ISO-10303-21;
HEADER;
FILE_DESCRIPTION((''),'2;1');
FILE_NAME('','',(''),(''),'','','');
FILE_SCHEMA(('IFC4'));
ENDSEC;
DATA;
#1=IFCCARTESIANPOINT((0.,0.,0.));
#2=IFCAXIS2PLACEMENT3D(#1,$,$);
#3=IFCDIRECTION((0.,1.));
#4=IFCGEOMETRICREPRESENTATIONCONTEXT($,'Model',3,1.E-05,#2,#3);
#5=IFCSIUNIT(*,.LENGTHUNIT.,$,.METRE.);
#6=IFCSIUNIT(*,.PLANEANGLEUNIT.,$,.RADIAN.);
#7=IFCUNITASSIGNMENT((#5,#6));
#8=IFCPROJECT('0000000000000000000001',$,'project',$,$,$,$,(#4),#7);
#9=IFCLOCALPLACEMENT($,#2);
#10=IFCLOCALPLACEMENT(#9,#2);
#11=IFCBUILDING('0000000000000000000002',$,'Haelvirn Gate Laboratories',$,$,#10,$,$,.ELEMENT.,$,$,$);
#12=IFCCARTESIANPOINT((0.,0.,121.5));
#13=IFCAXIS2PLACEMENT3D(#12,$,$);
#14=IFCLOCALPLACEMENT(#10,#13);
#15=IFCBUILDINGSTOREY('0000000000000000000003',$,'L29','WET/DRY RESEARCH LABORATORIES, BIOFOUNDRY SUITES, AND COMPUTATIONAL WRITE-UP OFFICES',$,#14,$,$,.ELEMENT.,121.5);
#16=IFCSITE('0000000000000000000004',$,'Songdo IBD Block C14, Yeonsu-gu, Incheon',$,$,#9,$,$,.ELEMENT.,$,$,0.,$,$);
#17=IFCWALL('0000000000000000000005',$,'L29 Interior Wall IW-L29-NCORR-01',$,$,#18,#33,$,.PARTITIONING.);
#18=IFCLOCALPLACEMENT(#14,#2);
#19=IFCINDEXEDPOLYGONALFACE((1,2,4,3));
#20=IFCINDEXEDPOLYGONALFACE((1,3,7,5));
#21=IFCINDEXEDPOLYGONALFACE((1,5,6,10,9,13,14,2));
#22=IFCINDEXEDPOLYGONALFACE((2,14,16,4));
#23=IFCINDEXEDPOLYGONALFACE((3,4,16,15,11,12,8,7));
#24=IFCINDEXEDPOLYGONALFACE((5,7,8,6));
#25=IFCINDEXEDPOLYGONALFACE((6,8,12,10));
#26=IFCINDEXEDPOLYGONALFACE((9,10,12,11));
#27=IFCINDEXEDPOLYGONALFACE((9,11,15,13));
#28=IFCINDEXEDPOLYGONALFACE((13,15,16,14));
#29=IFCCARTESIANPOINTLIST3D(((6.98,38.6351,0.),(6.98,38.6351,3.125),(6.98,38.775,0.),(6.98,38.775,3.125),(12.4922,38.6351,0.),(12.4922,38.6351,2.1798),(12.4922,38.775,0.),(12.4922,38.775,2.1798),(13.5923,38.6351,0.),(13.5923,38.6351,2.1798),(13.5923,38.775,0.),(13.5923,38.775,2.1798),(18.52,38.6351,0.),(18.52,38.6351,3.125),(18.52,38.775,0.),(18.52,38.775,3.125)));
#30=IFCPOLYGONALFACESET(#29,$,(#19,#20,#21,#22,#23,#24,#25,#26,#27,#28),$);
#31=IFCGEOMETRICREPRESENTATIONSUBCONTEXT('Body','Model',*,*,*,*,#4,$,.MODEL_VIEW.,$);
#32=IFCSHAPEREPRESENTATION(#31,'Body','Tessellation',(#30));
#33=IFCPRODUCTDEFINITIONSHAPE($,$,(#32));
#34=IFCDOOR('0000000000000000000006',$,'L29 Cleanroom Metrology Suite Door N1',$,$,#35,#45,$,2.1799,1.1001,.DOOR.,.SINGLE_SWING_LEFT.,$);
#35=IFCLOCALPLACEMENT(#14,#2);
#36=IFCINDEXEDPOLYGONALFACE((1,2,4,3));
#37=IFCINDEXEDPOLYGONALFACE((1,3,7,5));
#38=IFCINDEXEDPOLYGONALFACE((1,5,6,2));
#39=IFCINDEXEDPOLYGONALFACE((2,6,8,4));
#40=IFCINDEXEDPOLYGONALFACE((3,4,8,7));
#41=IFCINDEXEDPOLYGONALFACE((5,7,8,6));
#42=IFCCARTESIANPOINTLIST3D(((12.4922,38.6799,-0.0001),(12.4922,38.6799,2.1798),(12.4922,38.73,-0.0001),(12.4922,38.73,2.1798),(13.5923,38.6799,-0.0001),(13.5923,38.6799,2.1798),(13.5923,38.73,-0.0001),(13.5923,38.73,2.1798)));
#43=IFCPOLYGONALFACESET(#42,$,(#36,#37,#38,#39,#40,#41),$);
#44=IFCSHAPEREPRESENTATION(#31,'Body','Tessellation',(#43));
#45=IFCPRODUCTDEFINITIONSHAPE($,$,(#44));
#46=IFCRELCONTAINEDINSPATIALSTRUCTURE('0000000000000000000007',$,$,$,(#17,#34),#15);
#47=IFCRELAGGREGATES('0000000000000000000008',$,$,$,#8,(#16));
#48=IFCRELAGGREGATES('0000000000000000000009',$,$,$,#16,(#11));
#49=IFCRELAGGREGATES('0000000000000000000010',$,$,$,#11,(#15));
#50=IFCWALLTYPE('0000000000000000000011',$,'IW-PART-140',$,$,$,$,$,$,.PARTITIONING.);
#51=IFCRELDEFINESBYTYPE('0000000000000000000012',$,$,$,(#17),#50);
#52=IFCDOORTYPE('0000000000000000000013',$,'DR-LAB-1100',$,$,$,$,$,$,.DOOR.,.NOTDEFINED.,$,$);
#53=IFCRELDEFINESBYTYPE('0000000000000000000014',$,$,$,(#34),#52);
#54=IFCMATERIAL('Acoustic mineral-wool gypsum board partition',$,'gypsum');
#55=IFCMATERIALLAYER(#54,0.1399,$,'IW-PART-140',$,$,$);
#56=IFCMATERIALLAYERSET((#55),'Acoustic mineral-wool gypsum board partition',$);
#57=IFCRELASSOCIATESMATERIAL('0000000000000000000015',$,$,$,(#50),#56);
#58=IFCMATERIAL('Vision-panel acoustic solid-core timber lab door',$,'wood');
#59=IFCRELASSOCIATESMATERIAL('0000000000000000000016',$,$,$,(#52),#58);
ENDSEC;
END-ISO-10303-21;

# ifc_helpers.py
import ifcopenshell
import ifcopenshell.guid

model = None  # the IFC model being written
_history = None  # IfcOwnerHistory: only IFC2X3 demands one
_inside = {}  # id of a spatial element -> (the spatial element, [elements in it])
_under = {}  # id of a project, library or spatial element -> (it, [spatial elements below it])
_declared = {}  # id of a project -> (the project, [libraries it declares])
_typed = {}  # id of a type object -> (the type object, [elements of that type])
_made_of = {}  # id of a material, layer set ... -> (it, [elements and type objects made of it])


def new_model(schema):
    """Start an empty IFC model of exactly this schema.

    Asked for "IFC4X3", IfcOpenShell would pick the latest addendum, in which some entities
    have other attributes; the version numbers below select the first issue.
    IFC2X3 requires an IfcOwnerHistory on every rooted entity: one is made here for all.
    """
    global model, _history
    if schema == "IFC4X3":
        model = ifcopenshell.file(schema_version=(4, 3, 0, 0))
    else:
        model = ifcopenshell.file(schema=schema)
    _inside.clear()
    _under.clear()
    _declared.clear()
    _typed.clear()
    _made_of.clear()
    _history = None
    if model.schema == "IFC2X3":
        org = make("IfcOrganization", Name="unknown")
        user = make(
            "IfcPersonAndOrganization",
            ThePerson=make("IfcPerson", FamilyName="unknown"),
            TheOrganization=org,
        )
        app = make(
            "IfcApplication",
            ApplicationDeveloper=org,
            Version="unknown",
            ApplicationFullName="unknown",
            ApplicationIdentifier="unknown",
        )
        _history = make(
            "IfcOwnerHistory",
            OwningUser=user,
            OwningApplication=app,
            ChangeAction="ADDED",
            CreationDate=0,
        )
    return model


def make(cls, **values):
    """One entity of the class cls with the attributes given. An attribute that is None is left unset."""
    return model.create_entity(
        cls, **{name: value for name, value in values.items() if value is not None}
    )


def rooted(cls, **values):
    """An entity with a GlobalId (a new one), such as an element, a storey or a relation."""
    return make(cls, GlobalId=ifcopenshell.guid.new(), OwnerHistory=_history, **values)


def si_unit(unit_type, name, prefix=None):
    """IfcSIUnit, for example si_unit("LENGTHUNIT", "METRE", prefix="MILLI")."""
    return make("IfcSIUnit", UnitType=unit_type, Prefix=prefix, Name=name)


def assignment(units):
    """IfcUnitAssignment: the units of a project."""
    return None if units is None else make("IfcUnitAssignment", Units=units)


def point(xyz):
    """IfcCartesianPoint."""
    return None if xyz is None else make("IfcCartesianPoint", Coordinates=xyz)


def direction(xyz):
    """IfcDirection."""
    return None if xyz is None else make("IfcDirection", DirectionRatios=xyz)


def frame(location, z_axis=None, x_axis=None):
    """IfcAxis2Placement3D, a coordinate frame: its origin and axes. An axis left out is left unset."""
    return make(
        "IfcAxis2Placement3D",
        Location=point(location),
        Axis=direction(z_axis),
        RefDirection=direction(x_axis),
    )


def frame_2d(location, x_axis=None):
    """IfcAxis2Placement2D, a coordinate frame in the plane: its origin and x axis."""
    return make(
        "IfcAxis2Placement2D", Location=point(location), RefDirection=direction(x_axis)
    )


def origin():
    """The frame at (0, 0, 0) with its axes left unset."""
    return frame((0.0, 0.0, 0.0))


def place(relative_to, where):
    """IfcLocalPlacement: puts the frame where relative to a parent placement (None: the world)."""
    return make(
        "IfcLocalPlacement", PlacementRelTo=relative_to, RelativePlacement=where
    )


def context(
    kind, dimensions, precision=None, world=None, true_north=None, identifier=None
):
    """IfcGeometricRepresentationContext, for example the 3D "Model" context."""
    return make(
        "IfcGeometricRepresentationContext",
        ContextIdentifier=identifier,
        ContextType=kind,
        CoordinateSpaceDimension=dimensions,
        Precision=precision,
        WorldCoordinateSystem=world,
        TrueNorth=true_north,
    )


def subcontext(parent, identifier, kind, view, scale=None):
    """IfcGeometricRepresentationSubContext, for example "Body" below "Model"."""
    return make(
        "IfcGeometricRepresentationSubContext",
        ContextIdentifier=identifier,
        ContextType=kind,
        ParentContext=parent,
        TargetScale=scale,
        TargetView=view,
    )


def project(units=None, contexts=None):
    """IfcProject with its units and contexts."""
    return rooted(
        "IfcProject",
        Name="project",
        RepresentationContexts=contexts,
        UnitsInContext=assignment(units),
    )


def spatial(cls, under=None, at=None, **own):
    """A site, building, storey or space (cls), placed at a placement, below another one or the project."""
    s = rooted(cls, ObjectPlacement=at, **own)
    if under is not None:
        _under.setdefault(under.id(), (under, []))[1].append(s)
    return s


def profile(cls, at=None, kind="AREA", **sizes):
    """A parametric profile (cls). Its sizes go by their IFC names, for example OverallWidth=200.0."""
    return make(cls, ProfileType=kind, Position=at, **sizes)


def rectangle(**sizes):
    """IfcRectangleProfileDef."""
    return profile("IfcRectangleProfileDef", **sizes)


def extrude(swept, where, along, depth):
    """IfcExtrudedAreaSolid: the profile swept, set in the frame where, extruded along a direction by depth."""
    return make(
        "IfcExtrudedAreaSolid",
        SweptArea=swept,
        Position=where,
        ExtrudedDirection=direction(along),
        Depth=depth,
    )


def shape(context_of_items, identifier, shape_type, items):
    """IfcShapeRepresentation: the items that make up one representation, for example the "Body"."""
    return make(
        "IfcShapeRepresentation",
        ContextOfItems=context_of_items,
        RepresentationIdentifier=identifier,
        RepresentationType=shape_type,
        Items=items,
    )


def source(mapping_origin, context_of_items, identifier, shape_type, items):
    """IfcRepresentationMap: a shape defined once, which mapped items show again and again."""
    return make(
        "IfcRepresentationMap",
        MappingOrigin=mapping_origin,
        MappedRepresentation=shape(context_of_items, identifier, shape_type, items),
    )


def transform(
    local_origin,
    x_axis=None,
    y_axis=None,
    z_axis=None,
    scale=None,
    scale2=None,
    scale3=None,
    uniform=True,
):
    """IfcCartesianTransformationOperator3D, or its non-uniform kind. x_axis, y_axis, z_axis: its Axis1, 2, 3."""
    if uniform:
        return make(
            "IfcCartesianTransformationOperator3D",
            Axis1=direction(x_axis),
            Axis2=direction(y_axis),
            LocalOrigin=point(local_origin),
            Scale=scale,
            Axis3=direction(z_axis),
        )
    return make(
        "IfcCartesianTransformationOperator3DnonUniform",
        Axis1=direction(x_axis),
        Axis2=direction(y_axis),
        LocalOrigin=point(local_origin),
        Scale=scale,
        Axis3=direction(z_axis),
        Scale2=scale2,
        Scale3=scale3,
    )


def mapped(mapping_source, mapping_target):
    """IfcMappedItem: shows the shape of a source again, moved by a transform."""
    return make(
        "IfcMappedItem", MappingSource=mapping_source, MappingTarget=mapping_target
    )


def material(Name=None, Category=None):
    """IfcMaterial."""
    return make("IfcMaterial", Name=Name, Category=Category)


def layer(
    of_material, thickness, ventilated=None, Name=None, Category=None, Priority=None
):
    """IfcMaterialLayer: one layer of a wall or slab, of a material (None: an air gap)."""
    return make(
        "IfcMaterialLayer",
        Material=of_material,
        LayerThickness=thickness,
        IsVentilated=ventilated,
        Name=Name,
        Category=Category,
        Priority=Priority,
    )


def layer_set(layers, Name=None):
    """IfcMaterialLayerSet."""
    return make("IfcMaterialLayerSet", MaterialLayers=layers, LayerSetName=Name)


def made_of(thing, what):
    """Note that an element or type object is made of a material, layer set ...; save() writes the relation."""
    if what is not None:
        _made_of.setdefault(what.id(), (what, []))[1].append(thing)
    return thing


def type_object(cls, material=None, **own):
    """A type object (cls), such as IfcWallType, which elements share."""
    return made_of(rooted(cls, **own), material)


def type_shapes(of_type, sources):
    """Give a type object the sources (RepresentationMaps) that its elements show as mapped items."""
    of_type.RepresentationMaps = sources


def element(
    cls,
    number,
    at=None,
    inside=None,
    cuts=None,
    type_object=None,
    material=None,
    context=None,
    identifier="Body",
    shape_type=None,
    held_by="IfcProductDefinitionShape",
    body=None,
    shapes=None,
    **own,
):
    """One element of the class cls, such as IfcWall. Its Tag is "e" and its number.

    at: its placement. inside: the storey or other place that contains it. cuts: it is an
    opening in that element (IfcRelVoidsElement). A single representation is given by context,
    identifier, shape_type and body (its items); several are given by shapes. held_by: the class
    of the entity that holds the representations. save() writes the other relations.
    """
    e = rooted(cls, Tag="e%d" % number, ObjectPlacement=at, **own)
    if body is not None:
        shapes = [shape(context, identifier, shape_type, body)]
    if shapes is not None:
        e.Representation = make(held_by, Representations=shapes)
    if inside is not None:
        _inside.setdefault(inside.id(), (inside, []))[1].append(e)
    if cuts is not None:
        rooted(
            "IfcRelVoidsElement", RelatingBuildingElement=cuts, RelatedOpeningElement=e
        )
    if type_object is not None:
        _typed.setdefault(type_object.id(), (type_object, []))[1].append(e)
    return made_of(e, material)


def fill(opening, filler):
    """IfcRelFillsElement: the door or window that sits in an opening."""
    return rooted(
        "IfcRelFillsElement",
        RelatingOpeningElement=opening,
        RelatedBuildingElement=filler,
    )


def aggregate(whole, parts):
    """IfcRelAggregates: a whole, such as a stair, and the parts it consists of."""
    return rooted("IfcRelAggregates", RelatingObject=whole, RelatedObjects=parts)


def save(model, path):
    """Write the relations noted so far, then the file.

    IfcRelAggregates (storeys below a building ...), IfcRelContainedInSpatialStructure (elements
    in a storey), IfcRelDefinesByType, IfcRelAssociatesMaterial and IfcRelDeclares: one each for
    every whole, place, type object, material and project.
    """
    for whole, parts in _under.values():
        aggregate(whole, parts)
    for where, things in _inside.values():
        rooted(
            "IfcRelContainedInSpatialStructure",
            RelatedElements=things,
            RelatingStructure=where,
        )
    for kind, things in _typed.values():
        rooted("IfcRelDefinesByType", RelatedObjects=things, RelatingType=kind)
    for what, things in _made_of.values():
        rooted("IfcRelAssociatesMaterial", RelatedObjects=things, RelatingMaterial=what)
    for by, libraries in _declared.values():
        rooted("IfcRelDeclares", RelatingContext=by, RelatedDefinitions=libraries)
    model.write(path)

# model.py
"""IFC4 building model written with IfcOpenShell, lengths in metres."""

from ifc_helpers import new_model, si_unit, direction, frame, frame_2d, origin, place, context, subcontext, project, spatial, rectangle, extrude, source, transform, mapped, material, layer, layer_set, type_object, type_shapes, element, fill, save


model = new_model("IFC4")

# Units and contexts
model_context = context("Model", 3, precision=1e-05, world=origin(), true_north=direction((0.0, 1.0)))
body_context = subcontext(model_context, "Body", "Model", "MODEL_VIEW")
ifc_project = project(units=[si_unit("LENGTHUNIT", "METRE"), si_unit("PLANEANGLEUNIT", "RADIAN")], contexts=[model_context])

# Site, building, storey
site_placement = place(None, origin())
site = spatial("IfcSite", under=ifc_project, at=site_placement, Name="Songdo IBD Block C14, Yeonsu-gu, Incheon", CompositionType="ELEMENT", RefElevation=0.0)
building_placement = place(site_placement, origin())
building = spatial("IfcBuilding", under=site, at=building_placement, Name="Haelvirn Gate Laboratories", CompositionType="ELEMENT")
storey_placement = place(building_placement, frame((0.0, 0.0, 121.5)))
storey = spatial("IfcBuildingStorey", under=building, at=storey_placement, Name="L29", Description="WET/DRY RESEARCH LABORATORIES, BIOFOUNDRY SUITES, AND COMPUTATIONAL WRITE-UP OFFICES", CompositionType="ELEMENT", Elevation=121.5)

# Wall, opening, door
ifc_material_1 = material(Name="Acoustic mineral-wool gypsum board partition", Category="gypsum")
ifc_layer_1 = layer(ifc_material_1, 0.1399, Name="IW-PART-140")
ifc_layer_set_1 = layer_set([ifc_layer_1], Name="Acoustic mineral-wool gypsum board partition")
wall_type_1 = type_object("IfcWallType", Name="IW-PART-140", PredefinedType="PARTITIONING", material=ifc_layer_set_1)
wall_1_placement = place(storey_placement, frame((6.98, 38.7051, 0.0), z_axis=(0.0, 0.0, 1.0), x_axis=(1.0, 0.0, 0.0)))
wall_1 = element("IfcWall", 1, at=wall_1_placement, inside=storey, type_object=wall_type_1, Name="L29 Interior Wall IW-L29-NCORR-01", PredefinedType="PARTITIONING", context=body_context, shape_type="SweptSolid", body=[
    extrude(rectangle(XDim=11.54, YDim=0.1399, at=frame_2d((5.77, 0.0))), origin(), (0.0, 0.0, 1.0), 3.125),
])
opening_placement = place(wall_1_placement, frame((5.5122, 0.0, 0.0)))
opening = element("IfcOpeningElement", 2, at=opening_placement, cuts=wall_1, PredefinedType="OPENING", context=body_context, shape_type="SweptSolid", body=[
    extrude(rectangle(XDim=1.1001, YDim=2.1799, at=frame_2d((0.55, 1.0898))), frame((0.0, 0.0801, 0.0), z_axis=(0.0, -1.0, 0.0), x_axis=(1.0, 0.0, 0.0)), (0.0, 0.0, 1.0), 0.1599),
])
ifc_material_2 = material(Name="Vision-panel acoustic solid-core timber lab door", Category="wood")
door_type = type_object("IfcDoorType", Name="DR-LAB-1100", OperationType="NOTDEFINED", PredefinedType="DOOR", material=ifc_material_2)
shared_shape_1 = source(origin(), body_context, "Body", "SweptSolid", [
    extrude(rectangle(XDim=1.1001, YDim=2.1799, at=frame_2d((0.55, 1.0898))), frame((0.0, 0.0249, 0.0), z_axis=(0.0, -1.0, 0.0), x_axis=(1.0, 0.0, 0.0)), (0.0, 0.0, 1.0), 0.05),
])
type_shapes(door_type, [shared_shape_1])
door_placement = place(opening_placement, origin())
door = element("IfcDoor", 3, at=door_placement, inside=storey, type_object=door_type, Name="L29 Cleanroom Metrology Suite Door N1", OperationType="SINGLE_SWING_LEFT", OverallHeight=2.1799, OverallWidth=1.1001, PredefinedType="DOOR", context=body_context, shape_type="MappedRepresentation", body=[
    mapped(shared_shape_1, transform((0.0, 0.0, 0.0), scale=1.0)),
])
fill(opening, door)

save(model, "model.ifc")
